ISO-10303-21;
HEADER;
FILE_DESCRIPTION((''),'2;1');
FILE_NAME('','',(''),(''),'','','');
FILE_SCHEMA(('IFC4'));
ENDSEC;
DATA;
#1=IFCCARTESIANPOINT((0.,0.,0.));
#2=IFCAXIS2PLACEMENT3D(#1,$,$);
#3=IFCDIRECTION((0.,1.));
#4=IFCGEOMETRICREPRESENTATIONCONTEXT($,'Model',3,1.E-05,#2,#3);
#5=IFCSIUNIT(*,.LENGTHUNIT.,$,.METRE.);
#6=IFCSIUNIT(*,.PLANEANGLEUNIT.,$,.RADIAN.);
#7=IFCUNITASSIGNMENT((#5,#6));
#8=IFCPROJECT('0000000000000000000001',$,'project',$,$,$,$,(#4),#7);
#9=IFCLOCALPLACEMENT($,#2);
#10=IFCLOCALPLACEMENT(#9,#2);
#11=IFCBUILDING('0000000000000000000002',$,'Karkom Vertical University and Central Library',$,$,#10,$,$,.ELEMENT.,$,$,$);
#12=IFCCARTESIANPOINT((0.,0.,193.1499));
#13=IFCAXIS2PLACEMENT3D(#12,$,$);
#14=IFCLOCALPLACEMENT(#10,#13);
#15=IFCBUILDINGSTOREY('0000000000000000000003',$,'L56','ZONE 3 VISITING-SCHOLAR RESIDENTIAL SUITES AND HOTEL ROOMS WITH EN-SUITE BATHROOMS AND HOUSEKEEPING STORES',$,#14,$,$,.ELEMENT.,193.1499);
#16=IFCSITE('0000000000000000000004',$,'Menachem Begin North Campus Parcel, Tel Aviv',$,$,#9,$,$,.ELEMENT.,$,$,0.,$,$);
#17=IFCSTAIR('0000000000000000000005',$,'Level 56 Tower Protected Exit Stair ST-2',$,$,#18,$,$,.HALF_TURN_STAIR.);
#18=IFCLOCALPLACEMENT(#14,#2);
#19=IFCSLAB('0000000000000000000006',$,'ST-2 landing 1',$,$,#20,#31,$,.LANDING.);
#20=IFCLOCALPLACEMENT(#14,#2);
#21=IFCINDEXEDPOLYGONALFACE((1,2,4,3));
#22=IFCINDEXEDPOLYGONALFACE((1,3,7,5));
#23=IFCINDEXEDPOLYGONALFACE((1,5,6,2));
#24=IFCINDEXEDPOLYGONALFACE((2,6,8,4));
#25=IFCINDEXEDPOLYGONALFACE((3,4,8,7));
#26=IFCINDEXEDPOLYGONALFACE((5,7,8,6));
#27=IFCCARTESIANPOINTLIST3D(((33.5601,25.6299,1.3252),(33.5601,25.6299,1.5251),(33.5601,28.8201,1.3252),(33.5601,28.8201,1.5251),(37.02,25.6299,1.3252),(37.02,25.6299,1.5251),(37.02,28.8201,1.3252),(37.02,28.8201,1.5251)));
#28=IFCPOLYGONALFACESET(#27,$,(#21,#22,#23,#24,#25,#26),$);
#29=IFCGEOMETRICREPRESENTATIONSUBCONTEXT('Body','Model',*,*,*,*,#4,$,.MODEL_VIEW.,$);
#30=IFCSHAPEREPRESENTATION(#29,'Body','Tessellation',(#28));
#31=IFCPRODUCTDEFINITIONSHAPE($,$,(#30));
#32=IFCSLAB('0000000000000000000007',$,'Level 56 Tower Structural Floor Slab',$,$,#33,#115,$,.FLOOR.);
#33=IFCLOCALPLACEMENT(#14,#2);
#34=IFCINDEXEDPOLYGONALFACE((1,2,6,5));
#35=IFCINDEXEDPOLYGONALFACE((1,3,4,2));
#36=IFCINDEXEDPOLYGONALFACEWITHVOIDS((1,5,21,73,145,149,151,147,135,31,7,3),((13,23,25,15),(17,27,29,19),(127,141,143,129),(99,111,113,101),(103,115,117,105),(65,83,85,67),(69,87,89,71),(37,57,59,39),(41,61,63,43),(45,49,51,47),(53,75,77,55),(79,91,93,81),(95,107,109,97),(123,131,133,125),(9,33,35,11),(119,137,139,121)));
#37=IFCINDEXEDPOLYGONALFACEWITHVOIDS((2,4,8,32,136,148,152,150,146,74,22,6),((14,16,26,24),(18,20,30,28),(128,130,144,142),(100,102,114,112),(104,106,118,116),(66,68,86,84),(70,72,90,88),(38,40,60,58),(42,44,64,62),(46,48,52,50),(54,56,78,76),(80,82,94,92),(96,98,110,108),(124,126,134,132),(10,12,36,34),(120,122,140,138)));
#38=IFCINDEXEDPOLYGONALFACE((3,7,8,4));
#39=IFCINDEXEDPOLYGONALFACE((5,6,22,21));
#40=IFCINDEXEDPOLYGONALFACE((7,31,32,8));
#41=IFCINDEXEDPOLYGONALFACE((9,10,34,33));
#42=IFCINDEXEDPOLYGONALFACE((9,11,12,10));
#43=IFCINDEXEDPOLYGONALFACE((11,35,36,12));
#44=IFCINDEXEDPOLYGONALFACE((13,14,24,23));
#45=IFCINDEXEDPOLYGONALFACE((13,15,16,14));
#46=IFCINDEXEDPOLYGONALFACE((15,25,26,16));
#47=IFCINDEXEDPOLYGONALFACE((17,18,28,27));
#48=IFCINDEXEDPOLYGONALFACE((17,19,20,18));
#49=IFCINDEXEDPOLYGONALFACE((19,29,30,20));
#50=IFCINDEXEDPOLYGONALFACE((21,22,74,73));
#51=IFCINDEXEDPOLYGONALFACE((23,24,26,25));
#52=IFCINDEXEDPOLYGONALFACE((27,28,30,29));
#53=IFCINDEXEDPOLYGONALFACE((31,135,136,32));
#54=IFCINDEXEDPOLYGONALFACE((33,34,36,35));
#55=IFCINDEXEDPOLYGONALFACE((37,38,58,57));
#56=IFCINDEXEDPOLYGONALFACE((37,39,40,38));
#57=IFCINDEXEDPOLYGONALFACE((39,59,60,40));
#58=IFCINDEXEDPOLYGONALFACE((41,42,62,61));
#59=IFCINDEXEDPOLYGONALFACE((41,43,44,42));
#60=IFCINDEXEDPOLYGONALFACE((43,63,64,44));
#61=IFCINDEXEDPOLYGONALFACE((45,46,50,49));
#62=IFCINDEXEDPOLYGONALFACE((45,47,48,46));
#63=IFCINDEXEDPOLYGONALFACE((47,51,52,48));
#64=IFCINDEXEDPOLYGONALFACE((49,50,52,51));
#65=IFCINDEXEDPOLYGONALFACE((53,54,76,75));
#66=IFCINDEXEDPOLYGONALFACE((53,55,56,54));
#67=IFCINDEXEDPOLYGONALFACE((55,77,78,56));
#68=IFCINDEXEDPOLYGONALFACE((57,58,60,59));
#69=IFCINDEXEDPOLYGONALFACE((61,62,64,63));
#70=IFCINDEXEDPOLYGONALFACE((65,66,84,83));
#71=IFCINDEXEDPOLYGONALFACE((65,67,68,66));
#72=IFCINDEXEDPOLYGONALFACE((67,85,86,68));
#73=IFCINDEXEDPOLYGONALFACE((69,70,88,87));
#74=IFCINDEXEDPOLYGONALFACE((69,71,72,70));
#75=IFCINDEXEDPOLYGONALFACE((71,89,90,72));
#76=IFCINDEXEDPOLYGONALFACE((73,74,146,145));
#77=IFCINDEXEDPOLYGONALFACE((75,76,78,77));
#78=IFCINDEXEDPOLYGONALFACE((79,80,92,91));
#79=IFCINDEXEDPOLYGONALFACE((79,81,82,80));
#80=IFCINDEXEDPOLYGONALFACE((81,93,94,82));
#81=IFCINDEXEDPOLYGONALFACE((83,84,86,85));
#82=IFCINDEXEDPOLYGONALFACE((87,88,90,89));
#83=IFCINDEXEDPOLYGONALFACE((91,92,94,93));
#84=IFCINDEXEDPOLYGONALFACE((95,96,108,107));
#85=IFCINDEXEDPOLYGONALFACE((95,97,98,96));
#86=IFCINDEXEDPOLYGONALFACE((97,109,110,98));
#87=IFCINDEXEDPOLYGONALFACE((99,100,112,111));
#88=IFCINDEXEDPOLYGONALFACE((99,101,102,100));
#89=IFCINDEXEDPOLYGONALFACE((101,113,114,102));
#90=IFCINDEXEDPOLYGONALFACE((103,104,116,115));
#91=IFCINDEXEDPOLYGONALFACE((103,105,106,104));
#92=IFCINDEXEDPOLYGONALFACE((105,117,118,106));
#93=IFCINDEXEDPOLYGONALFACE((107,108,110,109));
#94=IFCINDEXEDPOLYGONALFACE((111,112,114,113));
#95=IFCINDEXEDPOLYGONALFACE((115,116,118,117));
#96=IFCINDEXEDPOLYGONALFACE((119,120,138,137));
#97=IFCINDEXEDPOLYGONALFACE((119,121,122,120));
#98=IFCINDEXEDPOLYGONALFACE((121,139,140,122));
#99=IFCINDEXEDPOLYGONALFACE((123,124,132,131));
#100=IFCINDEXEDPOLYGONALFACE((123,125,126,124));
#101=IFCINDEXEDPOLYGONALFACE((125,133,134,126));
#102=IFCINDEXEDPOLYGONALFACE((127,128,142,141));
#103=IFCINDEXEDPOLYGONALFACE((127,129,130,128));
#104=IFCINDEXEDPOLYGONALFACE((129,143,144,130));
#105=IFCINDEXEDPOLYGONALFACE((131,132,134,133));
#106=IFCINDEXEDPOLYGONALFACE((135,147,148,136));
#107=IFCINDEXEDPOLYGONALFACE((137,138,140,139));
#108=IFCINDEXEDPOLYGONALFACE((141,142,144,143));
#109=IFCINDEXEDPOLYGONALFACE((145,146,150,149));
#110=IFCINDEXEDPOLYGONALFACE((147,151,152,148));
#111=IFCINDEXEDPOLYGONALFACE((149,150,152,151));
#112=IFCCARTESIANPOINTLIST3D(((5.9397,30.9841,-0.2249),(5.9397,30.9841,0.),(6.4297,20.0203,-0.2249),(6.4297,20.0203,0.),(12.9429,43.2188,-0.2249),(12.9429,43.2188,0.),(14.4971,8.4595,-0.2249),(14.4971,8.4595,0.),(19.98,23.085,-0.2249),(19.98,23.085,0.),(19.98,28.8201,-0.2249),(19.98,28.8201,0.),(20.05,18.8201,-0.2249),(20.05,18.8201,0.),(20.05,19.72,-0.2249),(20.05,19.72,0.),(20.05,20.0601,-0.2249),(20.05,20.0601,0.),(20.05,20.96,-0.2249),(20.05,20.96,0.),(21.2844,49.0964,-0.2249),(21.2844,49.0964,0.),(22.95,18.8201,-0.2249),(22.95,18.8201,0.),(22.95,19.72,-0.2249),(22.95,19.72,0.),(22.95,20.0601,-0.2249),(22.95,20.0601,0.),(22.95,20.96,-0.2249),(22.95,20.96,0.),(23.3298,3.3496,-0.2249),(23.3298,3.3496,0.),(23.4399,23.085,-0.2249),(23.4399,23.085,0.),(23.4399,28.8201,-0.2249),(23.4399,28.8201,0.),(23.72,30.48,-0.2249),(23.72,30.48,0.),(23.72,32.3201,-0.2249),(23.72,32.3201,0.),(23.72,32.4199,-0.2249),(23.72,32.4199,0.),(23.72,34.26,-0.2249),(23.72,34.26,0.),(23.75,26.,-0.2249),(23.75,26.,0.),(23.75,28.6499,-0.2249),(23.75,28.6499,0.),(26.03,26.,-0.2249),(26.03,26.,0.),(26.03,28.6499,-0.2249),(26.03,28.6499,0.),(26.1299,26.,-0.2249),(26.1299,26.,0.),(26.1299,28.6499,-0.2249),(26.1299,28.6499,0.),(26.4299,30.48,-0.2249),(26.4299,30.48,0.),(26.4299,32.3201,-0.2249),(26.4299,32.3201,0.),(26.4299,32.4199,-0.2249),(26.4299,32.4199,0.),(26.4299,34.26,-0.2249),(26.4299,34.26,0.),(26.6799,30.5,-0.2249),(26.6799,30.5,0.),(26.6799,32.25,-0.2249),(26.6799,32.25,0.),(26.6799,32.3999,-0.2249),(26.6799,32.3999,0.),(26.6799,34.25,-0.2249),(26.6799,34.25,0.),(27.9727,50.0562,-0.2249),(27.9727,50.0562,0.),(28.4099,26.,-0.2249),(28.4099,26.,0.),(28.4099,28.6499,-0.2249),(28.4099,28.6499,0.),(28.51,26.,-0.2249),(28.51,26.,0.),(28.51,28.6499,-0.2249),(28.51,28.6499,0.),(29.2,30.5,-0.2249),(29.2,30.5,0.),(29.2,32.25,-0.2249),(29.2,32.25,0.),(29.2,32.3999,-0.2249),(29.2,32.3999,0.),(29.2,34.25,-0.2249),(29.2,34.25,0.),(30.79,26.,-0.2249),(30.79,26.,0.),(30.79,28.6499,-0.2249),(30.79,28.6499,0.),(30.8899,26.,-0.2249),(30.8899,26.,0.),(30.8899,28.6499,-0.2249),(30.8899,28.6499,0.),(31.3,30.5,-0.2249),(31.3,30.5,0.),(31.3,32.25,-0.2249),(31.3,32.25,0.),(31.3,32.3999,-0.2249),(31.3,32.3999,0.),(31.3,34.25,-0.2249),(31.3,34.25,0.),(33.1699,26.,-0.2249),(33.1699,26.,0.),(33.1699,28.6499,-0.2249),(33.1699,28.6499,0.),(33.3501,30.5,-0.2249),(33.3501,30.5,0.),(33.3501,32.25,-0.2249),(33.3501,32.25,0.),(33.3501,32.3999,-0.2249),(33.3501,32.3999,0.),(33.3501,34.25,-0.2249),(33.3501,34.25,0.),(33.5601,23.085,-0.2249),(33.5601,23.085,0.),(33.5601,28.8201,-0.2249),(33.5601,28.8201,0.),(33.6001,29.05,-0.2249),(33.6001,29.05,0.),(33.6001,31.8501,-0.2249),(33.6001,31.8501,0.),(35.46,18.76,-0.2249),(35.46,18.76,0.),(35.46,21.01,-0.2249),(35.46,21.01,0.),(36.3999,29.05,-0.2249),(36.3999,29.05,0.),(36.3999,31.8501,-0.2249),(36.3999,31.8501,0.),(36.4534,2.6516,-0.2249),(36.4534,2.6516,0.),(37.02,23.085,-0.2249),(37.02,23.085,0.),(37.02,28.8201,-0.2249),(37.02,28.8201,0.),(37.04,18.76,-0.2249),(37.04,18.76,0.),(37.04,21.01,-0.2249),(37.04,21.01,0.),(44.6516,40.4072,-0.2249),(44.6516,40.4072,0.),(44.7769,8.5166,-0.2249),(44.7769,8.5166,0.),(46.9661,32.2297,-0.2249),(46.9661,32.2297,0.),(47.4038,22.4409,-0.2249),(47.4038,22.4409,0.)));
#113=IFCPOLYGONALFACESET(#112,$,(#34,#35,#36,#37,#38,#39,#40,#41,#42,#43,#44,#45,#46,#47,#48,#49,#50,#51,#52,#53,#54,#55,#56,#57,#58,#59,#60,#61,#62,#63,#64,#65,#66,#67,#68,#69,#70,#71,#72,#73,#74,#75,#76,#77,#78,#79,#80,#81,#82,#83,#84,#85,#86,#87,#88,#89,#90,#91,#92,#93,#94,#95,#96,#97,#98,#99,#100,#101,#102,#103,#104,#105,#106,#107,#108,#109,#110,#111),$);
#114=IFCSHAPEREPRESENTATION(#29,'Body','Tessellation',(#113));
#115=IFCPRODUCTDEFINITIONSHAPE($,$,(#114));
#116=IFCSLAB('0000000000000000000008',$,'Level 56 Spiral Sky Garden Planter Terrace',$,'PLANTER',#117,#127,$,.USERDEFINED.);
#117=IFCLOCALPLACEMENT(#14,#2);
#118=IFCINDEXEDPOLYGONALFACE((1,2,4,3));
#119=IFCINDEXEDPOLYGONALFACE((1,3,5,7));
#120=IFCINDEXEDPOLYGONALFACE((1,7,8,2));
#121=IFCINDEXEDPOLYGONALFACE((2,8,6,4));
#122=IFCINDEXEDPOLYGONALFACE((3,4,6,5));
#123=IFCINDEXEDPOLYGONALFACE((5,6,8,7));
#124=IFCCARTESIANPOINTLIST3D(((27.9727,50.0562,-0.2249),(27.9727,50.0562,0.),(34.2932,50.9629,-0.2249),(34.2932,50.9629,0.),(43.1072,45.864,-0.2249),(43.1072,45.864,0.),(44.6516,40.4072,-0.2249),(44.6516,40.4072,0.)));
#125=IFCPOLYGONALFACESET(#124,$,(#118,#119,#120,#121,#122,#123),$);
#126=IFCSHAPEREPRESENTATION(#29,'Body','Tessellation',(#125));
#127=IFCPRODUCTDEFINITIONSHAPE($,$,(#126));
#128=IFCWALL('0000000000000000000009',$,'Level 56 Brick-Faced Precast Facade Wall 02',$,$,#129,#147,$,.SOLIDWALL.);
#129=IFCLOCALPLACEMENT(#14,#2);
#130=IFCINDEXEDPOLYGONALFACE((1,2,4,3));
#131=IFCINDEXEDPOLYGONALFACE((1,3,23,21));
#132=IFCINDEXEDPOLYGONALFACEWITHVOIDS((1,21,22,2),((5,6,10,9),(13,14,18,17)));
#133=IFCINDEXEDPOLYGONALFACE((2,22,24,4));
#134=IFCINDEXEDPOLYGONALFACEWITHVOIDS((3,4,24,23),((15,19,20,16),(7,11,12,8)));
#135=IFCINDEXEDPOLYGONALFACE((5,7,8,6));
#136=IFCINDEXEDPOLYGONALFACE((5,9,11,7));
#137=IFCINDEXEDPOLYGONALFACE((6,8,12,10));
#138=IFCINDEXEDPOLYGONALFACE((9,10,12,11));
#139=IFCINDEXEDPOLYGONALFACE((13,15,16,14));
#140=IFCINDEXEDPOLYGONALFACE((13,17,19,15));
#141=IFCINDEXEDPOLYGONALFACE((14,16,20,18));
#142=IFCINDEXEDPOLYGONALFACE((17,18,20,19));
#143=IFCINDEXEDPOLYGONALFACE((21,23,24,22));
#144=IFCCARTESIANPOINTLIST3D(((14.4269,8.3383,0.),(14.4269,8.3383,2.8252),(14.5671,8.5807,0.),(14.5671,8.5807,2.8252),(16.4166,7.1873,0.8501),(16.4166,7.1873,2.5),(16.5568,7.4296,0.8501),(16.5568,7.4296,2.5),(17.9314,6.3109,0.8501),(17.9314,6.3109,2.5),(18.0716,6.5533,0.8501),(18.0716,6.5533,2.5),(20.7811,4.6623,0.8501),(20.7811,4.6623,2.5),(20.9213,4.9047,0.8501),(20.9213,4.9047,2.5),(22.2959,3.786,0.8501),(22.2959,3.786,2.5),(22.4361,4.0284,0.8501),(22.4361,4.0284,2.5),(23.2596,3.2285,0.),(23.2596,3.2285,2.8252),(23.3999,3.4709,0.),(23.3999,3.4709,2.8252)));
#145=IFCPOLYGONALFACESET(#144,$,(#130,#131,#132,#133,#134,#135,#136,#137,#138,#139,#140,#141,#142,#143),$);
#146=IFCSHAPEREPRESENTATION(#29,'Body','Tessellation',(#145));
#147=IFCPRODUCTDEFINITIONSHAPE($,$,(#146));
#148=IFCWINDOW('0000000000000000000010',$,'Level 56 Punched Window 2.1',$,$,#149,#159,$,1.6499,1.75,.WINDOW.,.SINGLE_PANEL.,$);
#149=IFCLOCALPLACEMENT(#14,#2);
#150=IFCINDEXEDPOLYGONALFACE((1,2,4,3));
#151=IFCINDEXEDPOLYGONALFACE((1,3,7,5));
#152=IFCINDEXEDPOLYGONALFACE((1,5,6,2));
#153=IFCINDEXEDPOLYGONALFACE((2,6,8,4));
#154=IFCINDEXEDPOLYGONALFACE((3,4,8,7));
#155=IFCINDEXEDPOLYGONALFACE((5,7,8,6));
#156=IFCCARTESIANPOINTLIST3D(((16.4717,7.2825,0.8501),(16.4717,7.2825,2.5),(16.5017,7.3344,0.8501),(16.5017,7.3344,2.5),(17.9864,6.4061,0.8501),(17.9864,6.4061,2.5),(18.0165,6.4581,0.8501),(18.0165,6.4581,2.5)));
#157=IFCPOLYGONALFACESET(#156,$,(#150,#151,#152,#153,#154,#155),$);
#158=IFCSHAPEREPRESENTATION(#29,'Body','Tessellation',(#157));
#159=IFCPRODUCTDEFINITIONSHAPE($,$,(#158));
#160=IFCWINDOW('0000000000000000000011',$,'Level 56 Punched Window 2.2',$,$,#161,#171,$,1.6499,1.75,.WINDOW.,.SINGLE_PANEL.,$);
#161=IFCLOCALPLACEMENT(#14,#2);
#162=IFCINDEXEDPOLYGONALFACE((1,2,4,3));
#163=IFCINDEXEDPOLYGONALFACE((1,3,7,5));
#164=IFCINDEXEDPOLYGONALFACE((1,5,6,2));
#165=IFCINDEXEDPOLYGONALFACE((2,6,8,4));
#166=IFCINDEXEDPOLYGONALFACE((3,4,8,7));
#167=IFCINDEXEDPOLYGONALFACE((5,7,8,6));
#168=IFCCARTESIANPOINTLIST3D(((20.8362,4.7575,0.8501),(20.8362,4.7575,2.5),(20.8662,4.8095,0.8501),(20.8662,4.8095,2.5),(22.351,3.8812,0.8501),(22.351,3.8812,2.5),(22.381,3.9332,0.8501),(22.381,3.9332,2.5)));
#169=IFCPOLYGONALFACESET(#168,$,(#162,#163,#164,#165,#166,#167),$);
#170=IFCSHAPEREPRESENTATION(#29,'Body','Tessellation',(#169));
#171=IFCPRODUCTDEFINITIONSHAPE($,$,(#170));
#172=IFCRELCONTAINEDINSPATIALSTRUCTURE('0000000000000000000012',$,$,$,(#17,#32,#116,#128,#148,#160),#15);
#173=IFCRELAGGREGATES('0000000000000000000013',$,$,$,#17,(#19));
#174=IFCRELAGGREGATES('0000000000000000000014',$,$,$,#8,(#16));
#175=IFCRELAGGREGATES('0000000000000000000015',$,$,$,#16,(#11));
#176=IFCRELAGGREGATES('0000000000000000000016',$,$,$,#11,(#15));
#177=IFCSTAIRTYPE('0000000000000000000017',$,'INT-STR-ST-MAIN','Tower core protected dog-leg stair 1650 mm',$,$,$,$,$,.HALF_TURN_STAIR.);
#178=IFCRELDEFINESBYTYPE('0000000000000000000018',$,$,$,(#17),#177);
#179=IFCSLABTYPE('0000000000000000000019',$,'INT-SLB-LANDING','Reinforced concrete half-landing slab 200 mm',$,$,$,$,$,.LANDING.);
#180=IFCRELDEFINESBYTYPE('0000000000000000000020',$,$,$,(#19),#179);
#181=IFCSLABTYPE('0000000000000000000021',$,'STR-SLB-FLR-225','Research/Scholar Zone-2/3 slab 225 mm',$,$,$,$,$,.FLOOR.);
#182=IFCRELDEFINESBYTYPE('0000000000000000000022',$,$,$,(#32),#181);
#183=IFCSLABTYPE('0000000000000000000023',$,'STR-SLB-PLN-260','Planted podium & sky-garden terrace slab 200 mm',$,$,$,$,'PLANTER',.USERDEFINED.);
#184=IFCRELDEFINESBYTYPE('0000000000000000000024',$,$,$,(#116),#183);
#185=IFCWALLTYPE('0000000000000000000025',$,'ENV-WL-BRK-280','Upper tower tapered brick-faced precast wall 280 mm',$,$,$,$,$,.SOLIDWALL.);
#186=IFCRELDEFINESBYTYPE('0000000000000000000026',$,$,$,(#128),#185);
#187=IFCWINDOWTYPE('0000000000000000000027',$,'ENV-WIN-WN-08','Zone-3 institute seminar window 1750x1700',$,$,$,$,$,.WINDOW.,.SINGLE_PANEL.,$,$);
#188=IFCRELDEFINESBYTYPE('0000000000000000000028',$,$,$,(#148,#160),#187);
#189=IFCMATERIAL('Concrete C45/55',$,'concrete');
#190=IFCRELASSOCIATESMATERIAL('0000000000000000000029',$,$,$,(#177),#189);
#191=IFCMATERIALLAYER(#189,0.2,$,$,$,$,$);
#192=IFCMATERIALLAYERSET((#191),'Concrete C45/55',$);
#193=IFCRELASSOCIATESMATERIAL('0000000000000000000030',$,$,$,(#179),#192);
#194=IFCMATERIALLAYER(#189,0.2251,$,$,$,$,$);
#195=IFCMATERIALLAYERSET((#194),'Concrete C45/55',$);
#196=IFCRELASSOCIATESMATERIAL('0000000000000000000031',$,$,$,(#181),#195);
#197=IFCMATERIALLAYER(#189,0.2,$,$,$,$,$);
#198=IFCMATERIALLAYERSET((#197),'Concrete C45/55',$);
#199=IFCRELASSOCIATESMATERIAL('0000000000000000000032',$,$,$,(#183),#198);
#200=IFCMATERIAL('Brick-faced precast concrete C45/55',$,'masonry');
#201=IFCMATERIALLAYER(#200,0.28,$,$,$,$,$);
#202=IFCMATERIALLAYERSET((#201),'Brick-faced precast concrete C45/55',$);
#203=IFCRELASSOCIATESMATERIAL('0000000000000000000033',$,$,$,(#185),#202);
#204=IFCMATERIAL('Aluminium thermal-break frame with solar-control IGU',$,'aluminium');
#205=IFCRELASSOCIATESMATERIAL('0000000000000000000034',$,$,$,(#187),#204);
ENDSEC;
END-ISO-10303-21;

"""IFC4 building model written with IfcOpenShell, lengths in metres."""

from ifc_helpers import new_model, si_unit, direction, frame, frame_2d, origin, origin_with_axes, place, context, subcontext, project, spatial, polyline, rectangle, outline, extrude, source, transform, mapped, material, layer, layer_set, type_object, element, fill, aggregate, save


model = new_model("IFC4")

# Units and contexts
model_context = context("Model", 3, precision=1e-05, world=origin(), true_north=direction((0.0, 1.0)))
body_context = subcontext(model_context, "Body", "Model", "MODEL_VIEW")
ifc_project = project(units=[si_unit("LENGTHUNIT", "METRE"), si_unit("PLANEANGLEUNIT", "RADIAN")], contexts=[model_context])

# Site, building, storey
site_placement = place(None, origin())
site = spatial("IfcSite", under=ifc_project, at=site_placement, Name="Menachem Begin North Campus Parcel, Tel Aviv", CompositionType="ELEMENT", RefElevation=0.0)
building_placement = place(site_placement, origin())
building = spatial("IfcBuilding", under=site, at=building_placement, Name="Karkom Vertical University and Central Library", CompositionType="ELEMENT")
storey_placement = place(building_placement, frame((0.0, 0.0, 193.1499)))
storey = spatial("IfcBuildingStorey", under=building, at=storey_placement, Name="L56", Description="ZONE 3 VISITING-SCHOLAR RESIDENTIAL SUITES AND HOTEL ROOMS WITH EN-SUITE BATHROOMS AND HOUSEKEEPING STORES", CompositionType="ELEMENT", Elevation=193.1499)

# Stair, slab
ifc_material_1 = material(Name="Concrete C45/55", Category="concrete")
stair_type = type_object("IfcStairType", Name="INT-STR-ST-MAIN", Description="Tower core protected dog-leg stair 1650 mm", PredefinedType="HALF_TURN_STAIR", material=ifc_material_1)
ifc_layer_1 = layer(ifc_material_1, 0.2)
ifc_layer_set_1 = layer_set([ifc_layer_1], Name="Concrete C45/55")
slab_type_1 = type_object("IfcSlabType", Name="INT-SLB-LANDING", Description="Reinforced concrete half-landing slab 200 mm", PredefinedType="LANDING", material=ifc_layer_set_1)
stair_1_placement = place(storey_placement, origin())
stair_1 = element("IfcStair", 1, at=stair_1_placement, inside=storey, type_object=stair_type, Name="Level 56 Tower Protected Exit Stair ST-2", PredefinedType="HALF_TURN_STAIR")
slab_1_placement = place(storey_placement, frame((0.0, 0.0, 1.3252)))
slab_1 = element("IfcSlab", 2, at=slab_1_placement, type_object=slab_type_1, Name="ST-2 landing 1", PredefinedType="LANDING", context=body_context, shape_type="SweptSolid", body=[
    extrude(outline(polyline([(37.02, 25.6299), (37.02, 28.8201), (33.5601, 28.8201), (33.5601, 25.6299), (37.02, 25.6299)])), origin(), (0.0, 0.0, 1.0), 0.2),
])
aggregate(stair_1, [slab_1])

# Slabs
ifc_layer_2 = layer(ifc_material_1, 0.2251)
ifc_layer_set_2 = layer_set([ifc_layer_2], Name="Concrete C45/55")
slab_type_2 = type_object("IfcSlabType", Name="STR-SLB-FLR-225", Description="Research/Scholar Zone-2/3 slab 225 mm", PredefinedType="FLOOR", material=ifc_layer_set_2)
slab_2_placement = place(storey_placement, frame((0.0, 0.0, -0.2249)))
element("IfcSlab", 3, at=slab_2_placement, inside=storey, type_object=slab_type_2, Name="Level 56 Tower Structural Floor Slab", PredefinedType="FLOOR", context=body_context, shape_type="SweptSolid", body=[
    extrude(outline(polyline([(6.4297, 20.0203), (14.4971, 8.4595), (23.3298, 3.3496), (36.4534, 2.6516), (44.7769, 8.5166), (47.4038, 22.4409), (46.9661, 32.2297), (44.6516, 40.4072), (27.9727, 50.0562), (21.2844, 49.0964), (12.9429, 43.2188), (5.9397, 30.9841), (6.4297, 20.0203)]), holes=[polyline([(19.98, 23.085), (23.4399, 23.085), (23.4399, 28.8201), (19.98, 28.8201), (19.98, 23.085)]), polyline([(33.5601, 23.085), (37.02, 23.085), (37.02, 28.8201), (33.5601, 28.8201), (33.5601, 23.085)]), polyline([(23.75, 26.0), (26.03, 26.0), (26.03, 28.6499), (23.75, 28.6499), (23.75, 26.0)]), polyline([(26.1299, 26.0), (28.4099, 26.0), (28.4099, 28.6499), (26.1299, 28.6499), (26.1299, 26.0)]), polyline([(28.51, 26.0), (30.79, 26.0), (30.79, 28.6499), (28.51, 28.6499), (28.51, 26.0)]), polyline([(30.8899, 26.0), (33.1699, 26.0), (33.1699, 28.6499), (30.8899, 28.6499), (30.8899, 26.0)]), polyline([(26.6799, 30.5), (29.2, 30.5), (29.2, 32.25), (26.6799, 32.25), (26.6799, 30.5)]), polyline([(26.6799, 32.3999), (29.2, 32.3999), (29.2, 34.25), (26.6799, 34.25), (26.6799, 32.3999)]), polyline([(31.3, 30.5), (33.3501, 30.5), (33.3501, 32.25), (31.3, 32.25), (31.3, 30.5)]), polyline([(31.3, 32.3999), (33.3501, 32.3999), (33.3501, 34.25), (31.3, 34.25), (31.3, 32.3999)]), polyline([(23.72, 30.48), (26.4299, 30.48), (26.4299, 32.3201), (23.72, 32.3201), (23.72, 30.48)]), polyline([(23.72, 32.4199), (26.4299, 32.4199), (26.4299, 34.26), (23.72, 34.26), (23.72, 32.4199)]), polyline([(33.6001, 29.05), (36.3999, 29.05), (36.3999, 31.8501), (33.6001, 31.8501), (33.6001, 29.05)]), polyline([(20.05, 18.8201), (22.95, 18.8201), (22.95, 19.72), (20.05, 19.72), (20.05, 18.8201)]), polyline([(20.05, 20.0601), (22.95, 20.0601), (22.95, 20.96), (20.05, 20.96), (20.05, 20.0601)]), polyline([(35.46, 18.76), (37.04, 18.76), (37.04, 21.01), (35.46, 21.01), (35.46, 18.76)])]), origin(), (0.0, 0.0, 1.0), 0.2249),
])
ifc_layer_3 = layer(ifc_material_1, 0.2)
ifc_layer_set_3 = layer_set([ifc_layer_3], Name="Concrete C45/55")
slab_type_3 = type_object("IfcSlabType", Name="STR-SLB-PLN-260", Description="Planted podium & sky-garden terrace slab 200 mm", ElementType="PLANTER", PredefinedType="USERDEFINED", material=ifc_layer_set_3)
slab_3_placement = place(storey_placement, frame((0.0, 0.0, -0.2249)))
element("IfcSlab", 4, at=slab_3_placement, inside=storey, type_object=slab_type_3, Name="Level 56 Spiral Sky Garden Planter Terrace", ObjectType="PLANTER", PredefinedType="USERDEFINED", context=body_context, shape_type="SweptSolid", body=[
    extrude(outline(polyline([(44.6516, 40.4072), (43.1072, 45.864), (34.2932, 50.9629), (27.9727, 50.0562), (44.6516, 40.4072)])), origin(), (0.0, 0.0, 1.0), 0.2249),
])

# Wall, openings, windows
ifc_material_2 = material(Name="Brick-faced precast concrete C45/55", Category="masonry")
ifc_layer_4 = layer(ifc_material_2, 0.28)
ifc_layer_set_4 = layer_set([ifc_layer_4], Name="Brick-faced precast concrete C45/55")
wall_type = type_object("IfcWallType", Name="ENV-WL-BRK-280", Description="Upper tower tapered brick-faced precast wall 280 mm", PredefinedType="SOLIDWALL", material=ifc_layer_set_4)
wall_placement = place(storey_placement, frame((14.4971, 8.4595, 0.0), z_axis=(0.0, 0.0, 1.0), x_axis=(0.865589, -0.500754, 0.0)))
wall = element("IfcWall", 5, at=wall_placement, inside=storey, type_object=wall_type, Name="Level 56 Brick-Faced Precast Facade Wall 02", PredefinedType="SOLIDWALL", context=body_context, shape_type="SweptSolid", body=[
    extrude(rectangle(XDim=10.2043, YDim=0.28, at=frame_2d((5.1021, 0.0))), origin(), (0.0, 0.0, 1.0), 2.8252),
])
opening_1_placement = place(wall_placement, frame((2.2986, 0.0, 0.8501)))
opening_1 = element("IfcOpeningElement", 6, at=opening_1_placement, cuts=wall, PredefinedType="OPENING", context=body_context, shape_type="SweptSolid", body=[
    extrude(rectangle(XDim=1.75, YDim=1.6499, at=frame_2d((0.875, 0.825))), frame((0.0, 0.1499, 0.0), z_axis=(0.0, -1.0, 0.0), x_axis=(1.0, 0.0, 0.0)), (0.0, 0.0, 1.0), 0.3),
])
opening_2_placement = place(wall_placement, frame((7.3408, 0.0, 0.8501)))
opening_2 = element("IfcOpeningElement", 7, at=opening_2_placement, cuts=wall, PredefinedType="OPENING", context=body_context, shape_type="SweptSolid", body=[
    extrude(rectangle(XDim=1.75, YDim=1.6499, at=frame_2d((0.875, 0.825))), frame((0.0, 0.1499, 0.0), z_axis=(0.0, -1.0, 0.0), x_axis=(1.0, 0.0, 0.0)), (0.0, 0.0, 1.0), 0.3),
])
ifc_material_3 = material(Name="Aluminium thermal-break frame with solar-control IGU", Category="aluminium")
window_type = type_object("IfcWindowType", Name="ENV-WIN-WN-08", Description="Zone-3 institute seminar window 1750x1700", PartitioningType="SINGLE_PANEL", PredefinedType="WINDOW", material=ifc_material_3)
shared_shape_1 = source(origin_with_axes(), body_context, "Body", "SweptSolid", [
    extrude(rectangle(XDim=1.75, YDim=1.6499, at=frame_2d((0.875, 0.825))), frame((0.0, 0.03, 0.0), z_axis=(0.0, -1.0, 0.0), x_axis=(1.0, 0.0, 0.0)), (0.0, 0.0, 1.0), 0.0601),
])
window_1_placement = place(opening_1_placement, origin())
window_1 = element("IfcWindow", 8, at=window_1_placement, inside=storey, type_object=window_type, Name="Level 56 Punched Window 2.1", OverallHeight=1.6499, OverallWidth=1.75, PartitioningType="SINGLE_PANEL", PredefinedType="WINDOW", context=body_context, shape_type="MappedRepresentation", body=[
    mapped(shared_shape_1, transform((0.0, 0.0, 0.0), scale=1.0)),
])
fill(opening_1, window_1)
window_2_placement = place(opening_2_placement, origin())
window_2 = element("IfcWindow", 9, at=window_2_placement, inside=storey, type_object=window_type, Name="Level 56 Punched Window 2.2", OverallHeight=1.6499, OverallWidth=1.75, PartitioningType="SINGLE_PANEL", PredefinedType="WINDOW", context=body_context, shape_type="MappedRepresentation", body=[
    mapped(shared_shape_1, transform((0.0, 0.0, 0.0), scale=1.0)),
])
fill(opening_2, window_2)

save(model, "model.ifc")
